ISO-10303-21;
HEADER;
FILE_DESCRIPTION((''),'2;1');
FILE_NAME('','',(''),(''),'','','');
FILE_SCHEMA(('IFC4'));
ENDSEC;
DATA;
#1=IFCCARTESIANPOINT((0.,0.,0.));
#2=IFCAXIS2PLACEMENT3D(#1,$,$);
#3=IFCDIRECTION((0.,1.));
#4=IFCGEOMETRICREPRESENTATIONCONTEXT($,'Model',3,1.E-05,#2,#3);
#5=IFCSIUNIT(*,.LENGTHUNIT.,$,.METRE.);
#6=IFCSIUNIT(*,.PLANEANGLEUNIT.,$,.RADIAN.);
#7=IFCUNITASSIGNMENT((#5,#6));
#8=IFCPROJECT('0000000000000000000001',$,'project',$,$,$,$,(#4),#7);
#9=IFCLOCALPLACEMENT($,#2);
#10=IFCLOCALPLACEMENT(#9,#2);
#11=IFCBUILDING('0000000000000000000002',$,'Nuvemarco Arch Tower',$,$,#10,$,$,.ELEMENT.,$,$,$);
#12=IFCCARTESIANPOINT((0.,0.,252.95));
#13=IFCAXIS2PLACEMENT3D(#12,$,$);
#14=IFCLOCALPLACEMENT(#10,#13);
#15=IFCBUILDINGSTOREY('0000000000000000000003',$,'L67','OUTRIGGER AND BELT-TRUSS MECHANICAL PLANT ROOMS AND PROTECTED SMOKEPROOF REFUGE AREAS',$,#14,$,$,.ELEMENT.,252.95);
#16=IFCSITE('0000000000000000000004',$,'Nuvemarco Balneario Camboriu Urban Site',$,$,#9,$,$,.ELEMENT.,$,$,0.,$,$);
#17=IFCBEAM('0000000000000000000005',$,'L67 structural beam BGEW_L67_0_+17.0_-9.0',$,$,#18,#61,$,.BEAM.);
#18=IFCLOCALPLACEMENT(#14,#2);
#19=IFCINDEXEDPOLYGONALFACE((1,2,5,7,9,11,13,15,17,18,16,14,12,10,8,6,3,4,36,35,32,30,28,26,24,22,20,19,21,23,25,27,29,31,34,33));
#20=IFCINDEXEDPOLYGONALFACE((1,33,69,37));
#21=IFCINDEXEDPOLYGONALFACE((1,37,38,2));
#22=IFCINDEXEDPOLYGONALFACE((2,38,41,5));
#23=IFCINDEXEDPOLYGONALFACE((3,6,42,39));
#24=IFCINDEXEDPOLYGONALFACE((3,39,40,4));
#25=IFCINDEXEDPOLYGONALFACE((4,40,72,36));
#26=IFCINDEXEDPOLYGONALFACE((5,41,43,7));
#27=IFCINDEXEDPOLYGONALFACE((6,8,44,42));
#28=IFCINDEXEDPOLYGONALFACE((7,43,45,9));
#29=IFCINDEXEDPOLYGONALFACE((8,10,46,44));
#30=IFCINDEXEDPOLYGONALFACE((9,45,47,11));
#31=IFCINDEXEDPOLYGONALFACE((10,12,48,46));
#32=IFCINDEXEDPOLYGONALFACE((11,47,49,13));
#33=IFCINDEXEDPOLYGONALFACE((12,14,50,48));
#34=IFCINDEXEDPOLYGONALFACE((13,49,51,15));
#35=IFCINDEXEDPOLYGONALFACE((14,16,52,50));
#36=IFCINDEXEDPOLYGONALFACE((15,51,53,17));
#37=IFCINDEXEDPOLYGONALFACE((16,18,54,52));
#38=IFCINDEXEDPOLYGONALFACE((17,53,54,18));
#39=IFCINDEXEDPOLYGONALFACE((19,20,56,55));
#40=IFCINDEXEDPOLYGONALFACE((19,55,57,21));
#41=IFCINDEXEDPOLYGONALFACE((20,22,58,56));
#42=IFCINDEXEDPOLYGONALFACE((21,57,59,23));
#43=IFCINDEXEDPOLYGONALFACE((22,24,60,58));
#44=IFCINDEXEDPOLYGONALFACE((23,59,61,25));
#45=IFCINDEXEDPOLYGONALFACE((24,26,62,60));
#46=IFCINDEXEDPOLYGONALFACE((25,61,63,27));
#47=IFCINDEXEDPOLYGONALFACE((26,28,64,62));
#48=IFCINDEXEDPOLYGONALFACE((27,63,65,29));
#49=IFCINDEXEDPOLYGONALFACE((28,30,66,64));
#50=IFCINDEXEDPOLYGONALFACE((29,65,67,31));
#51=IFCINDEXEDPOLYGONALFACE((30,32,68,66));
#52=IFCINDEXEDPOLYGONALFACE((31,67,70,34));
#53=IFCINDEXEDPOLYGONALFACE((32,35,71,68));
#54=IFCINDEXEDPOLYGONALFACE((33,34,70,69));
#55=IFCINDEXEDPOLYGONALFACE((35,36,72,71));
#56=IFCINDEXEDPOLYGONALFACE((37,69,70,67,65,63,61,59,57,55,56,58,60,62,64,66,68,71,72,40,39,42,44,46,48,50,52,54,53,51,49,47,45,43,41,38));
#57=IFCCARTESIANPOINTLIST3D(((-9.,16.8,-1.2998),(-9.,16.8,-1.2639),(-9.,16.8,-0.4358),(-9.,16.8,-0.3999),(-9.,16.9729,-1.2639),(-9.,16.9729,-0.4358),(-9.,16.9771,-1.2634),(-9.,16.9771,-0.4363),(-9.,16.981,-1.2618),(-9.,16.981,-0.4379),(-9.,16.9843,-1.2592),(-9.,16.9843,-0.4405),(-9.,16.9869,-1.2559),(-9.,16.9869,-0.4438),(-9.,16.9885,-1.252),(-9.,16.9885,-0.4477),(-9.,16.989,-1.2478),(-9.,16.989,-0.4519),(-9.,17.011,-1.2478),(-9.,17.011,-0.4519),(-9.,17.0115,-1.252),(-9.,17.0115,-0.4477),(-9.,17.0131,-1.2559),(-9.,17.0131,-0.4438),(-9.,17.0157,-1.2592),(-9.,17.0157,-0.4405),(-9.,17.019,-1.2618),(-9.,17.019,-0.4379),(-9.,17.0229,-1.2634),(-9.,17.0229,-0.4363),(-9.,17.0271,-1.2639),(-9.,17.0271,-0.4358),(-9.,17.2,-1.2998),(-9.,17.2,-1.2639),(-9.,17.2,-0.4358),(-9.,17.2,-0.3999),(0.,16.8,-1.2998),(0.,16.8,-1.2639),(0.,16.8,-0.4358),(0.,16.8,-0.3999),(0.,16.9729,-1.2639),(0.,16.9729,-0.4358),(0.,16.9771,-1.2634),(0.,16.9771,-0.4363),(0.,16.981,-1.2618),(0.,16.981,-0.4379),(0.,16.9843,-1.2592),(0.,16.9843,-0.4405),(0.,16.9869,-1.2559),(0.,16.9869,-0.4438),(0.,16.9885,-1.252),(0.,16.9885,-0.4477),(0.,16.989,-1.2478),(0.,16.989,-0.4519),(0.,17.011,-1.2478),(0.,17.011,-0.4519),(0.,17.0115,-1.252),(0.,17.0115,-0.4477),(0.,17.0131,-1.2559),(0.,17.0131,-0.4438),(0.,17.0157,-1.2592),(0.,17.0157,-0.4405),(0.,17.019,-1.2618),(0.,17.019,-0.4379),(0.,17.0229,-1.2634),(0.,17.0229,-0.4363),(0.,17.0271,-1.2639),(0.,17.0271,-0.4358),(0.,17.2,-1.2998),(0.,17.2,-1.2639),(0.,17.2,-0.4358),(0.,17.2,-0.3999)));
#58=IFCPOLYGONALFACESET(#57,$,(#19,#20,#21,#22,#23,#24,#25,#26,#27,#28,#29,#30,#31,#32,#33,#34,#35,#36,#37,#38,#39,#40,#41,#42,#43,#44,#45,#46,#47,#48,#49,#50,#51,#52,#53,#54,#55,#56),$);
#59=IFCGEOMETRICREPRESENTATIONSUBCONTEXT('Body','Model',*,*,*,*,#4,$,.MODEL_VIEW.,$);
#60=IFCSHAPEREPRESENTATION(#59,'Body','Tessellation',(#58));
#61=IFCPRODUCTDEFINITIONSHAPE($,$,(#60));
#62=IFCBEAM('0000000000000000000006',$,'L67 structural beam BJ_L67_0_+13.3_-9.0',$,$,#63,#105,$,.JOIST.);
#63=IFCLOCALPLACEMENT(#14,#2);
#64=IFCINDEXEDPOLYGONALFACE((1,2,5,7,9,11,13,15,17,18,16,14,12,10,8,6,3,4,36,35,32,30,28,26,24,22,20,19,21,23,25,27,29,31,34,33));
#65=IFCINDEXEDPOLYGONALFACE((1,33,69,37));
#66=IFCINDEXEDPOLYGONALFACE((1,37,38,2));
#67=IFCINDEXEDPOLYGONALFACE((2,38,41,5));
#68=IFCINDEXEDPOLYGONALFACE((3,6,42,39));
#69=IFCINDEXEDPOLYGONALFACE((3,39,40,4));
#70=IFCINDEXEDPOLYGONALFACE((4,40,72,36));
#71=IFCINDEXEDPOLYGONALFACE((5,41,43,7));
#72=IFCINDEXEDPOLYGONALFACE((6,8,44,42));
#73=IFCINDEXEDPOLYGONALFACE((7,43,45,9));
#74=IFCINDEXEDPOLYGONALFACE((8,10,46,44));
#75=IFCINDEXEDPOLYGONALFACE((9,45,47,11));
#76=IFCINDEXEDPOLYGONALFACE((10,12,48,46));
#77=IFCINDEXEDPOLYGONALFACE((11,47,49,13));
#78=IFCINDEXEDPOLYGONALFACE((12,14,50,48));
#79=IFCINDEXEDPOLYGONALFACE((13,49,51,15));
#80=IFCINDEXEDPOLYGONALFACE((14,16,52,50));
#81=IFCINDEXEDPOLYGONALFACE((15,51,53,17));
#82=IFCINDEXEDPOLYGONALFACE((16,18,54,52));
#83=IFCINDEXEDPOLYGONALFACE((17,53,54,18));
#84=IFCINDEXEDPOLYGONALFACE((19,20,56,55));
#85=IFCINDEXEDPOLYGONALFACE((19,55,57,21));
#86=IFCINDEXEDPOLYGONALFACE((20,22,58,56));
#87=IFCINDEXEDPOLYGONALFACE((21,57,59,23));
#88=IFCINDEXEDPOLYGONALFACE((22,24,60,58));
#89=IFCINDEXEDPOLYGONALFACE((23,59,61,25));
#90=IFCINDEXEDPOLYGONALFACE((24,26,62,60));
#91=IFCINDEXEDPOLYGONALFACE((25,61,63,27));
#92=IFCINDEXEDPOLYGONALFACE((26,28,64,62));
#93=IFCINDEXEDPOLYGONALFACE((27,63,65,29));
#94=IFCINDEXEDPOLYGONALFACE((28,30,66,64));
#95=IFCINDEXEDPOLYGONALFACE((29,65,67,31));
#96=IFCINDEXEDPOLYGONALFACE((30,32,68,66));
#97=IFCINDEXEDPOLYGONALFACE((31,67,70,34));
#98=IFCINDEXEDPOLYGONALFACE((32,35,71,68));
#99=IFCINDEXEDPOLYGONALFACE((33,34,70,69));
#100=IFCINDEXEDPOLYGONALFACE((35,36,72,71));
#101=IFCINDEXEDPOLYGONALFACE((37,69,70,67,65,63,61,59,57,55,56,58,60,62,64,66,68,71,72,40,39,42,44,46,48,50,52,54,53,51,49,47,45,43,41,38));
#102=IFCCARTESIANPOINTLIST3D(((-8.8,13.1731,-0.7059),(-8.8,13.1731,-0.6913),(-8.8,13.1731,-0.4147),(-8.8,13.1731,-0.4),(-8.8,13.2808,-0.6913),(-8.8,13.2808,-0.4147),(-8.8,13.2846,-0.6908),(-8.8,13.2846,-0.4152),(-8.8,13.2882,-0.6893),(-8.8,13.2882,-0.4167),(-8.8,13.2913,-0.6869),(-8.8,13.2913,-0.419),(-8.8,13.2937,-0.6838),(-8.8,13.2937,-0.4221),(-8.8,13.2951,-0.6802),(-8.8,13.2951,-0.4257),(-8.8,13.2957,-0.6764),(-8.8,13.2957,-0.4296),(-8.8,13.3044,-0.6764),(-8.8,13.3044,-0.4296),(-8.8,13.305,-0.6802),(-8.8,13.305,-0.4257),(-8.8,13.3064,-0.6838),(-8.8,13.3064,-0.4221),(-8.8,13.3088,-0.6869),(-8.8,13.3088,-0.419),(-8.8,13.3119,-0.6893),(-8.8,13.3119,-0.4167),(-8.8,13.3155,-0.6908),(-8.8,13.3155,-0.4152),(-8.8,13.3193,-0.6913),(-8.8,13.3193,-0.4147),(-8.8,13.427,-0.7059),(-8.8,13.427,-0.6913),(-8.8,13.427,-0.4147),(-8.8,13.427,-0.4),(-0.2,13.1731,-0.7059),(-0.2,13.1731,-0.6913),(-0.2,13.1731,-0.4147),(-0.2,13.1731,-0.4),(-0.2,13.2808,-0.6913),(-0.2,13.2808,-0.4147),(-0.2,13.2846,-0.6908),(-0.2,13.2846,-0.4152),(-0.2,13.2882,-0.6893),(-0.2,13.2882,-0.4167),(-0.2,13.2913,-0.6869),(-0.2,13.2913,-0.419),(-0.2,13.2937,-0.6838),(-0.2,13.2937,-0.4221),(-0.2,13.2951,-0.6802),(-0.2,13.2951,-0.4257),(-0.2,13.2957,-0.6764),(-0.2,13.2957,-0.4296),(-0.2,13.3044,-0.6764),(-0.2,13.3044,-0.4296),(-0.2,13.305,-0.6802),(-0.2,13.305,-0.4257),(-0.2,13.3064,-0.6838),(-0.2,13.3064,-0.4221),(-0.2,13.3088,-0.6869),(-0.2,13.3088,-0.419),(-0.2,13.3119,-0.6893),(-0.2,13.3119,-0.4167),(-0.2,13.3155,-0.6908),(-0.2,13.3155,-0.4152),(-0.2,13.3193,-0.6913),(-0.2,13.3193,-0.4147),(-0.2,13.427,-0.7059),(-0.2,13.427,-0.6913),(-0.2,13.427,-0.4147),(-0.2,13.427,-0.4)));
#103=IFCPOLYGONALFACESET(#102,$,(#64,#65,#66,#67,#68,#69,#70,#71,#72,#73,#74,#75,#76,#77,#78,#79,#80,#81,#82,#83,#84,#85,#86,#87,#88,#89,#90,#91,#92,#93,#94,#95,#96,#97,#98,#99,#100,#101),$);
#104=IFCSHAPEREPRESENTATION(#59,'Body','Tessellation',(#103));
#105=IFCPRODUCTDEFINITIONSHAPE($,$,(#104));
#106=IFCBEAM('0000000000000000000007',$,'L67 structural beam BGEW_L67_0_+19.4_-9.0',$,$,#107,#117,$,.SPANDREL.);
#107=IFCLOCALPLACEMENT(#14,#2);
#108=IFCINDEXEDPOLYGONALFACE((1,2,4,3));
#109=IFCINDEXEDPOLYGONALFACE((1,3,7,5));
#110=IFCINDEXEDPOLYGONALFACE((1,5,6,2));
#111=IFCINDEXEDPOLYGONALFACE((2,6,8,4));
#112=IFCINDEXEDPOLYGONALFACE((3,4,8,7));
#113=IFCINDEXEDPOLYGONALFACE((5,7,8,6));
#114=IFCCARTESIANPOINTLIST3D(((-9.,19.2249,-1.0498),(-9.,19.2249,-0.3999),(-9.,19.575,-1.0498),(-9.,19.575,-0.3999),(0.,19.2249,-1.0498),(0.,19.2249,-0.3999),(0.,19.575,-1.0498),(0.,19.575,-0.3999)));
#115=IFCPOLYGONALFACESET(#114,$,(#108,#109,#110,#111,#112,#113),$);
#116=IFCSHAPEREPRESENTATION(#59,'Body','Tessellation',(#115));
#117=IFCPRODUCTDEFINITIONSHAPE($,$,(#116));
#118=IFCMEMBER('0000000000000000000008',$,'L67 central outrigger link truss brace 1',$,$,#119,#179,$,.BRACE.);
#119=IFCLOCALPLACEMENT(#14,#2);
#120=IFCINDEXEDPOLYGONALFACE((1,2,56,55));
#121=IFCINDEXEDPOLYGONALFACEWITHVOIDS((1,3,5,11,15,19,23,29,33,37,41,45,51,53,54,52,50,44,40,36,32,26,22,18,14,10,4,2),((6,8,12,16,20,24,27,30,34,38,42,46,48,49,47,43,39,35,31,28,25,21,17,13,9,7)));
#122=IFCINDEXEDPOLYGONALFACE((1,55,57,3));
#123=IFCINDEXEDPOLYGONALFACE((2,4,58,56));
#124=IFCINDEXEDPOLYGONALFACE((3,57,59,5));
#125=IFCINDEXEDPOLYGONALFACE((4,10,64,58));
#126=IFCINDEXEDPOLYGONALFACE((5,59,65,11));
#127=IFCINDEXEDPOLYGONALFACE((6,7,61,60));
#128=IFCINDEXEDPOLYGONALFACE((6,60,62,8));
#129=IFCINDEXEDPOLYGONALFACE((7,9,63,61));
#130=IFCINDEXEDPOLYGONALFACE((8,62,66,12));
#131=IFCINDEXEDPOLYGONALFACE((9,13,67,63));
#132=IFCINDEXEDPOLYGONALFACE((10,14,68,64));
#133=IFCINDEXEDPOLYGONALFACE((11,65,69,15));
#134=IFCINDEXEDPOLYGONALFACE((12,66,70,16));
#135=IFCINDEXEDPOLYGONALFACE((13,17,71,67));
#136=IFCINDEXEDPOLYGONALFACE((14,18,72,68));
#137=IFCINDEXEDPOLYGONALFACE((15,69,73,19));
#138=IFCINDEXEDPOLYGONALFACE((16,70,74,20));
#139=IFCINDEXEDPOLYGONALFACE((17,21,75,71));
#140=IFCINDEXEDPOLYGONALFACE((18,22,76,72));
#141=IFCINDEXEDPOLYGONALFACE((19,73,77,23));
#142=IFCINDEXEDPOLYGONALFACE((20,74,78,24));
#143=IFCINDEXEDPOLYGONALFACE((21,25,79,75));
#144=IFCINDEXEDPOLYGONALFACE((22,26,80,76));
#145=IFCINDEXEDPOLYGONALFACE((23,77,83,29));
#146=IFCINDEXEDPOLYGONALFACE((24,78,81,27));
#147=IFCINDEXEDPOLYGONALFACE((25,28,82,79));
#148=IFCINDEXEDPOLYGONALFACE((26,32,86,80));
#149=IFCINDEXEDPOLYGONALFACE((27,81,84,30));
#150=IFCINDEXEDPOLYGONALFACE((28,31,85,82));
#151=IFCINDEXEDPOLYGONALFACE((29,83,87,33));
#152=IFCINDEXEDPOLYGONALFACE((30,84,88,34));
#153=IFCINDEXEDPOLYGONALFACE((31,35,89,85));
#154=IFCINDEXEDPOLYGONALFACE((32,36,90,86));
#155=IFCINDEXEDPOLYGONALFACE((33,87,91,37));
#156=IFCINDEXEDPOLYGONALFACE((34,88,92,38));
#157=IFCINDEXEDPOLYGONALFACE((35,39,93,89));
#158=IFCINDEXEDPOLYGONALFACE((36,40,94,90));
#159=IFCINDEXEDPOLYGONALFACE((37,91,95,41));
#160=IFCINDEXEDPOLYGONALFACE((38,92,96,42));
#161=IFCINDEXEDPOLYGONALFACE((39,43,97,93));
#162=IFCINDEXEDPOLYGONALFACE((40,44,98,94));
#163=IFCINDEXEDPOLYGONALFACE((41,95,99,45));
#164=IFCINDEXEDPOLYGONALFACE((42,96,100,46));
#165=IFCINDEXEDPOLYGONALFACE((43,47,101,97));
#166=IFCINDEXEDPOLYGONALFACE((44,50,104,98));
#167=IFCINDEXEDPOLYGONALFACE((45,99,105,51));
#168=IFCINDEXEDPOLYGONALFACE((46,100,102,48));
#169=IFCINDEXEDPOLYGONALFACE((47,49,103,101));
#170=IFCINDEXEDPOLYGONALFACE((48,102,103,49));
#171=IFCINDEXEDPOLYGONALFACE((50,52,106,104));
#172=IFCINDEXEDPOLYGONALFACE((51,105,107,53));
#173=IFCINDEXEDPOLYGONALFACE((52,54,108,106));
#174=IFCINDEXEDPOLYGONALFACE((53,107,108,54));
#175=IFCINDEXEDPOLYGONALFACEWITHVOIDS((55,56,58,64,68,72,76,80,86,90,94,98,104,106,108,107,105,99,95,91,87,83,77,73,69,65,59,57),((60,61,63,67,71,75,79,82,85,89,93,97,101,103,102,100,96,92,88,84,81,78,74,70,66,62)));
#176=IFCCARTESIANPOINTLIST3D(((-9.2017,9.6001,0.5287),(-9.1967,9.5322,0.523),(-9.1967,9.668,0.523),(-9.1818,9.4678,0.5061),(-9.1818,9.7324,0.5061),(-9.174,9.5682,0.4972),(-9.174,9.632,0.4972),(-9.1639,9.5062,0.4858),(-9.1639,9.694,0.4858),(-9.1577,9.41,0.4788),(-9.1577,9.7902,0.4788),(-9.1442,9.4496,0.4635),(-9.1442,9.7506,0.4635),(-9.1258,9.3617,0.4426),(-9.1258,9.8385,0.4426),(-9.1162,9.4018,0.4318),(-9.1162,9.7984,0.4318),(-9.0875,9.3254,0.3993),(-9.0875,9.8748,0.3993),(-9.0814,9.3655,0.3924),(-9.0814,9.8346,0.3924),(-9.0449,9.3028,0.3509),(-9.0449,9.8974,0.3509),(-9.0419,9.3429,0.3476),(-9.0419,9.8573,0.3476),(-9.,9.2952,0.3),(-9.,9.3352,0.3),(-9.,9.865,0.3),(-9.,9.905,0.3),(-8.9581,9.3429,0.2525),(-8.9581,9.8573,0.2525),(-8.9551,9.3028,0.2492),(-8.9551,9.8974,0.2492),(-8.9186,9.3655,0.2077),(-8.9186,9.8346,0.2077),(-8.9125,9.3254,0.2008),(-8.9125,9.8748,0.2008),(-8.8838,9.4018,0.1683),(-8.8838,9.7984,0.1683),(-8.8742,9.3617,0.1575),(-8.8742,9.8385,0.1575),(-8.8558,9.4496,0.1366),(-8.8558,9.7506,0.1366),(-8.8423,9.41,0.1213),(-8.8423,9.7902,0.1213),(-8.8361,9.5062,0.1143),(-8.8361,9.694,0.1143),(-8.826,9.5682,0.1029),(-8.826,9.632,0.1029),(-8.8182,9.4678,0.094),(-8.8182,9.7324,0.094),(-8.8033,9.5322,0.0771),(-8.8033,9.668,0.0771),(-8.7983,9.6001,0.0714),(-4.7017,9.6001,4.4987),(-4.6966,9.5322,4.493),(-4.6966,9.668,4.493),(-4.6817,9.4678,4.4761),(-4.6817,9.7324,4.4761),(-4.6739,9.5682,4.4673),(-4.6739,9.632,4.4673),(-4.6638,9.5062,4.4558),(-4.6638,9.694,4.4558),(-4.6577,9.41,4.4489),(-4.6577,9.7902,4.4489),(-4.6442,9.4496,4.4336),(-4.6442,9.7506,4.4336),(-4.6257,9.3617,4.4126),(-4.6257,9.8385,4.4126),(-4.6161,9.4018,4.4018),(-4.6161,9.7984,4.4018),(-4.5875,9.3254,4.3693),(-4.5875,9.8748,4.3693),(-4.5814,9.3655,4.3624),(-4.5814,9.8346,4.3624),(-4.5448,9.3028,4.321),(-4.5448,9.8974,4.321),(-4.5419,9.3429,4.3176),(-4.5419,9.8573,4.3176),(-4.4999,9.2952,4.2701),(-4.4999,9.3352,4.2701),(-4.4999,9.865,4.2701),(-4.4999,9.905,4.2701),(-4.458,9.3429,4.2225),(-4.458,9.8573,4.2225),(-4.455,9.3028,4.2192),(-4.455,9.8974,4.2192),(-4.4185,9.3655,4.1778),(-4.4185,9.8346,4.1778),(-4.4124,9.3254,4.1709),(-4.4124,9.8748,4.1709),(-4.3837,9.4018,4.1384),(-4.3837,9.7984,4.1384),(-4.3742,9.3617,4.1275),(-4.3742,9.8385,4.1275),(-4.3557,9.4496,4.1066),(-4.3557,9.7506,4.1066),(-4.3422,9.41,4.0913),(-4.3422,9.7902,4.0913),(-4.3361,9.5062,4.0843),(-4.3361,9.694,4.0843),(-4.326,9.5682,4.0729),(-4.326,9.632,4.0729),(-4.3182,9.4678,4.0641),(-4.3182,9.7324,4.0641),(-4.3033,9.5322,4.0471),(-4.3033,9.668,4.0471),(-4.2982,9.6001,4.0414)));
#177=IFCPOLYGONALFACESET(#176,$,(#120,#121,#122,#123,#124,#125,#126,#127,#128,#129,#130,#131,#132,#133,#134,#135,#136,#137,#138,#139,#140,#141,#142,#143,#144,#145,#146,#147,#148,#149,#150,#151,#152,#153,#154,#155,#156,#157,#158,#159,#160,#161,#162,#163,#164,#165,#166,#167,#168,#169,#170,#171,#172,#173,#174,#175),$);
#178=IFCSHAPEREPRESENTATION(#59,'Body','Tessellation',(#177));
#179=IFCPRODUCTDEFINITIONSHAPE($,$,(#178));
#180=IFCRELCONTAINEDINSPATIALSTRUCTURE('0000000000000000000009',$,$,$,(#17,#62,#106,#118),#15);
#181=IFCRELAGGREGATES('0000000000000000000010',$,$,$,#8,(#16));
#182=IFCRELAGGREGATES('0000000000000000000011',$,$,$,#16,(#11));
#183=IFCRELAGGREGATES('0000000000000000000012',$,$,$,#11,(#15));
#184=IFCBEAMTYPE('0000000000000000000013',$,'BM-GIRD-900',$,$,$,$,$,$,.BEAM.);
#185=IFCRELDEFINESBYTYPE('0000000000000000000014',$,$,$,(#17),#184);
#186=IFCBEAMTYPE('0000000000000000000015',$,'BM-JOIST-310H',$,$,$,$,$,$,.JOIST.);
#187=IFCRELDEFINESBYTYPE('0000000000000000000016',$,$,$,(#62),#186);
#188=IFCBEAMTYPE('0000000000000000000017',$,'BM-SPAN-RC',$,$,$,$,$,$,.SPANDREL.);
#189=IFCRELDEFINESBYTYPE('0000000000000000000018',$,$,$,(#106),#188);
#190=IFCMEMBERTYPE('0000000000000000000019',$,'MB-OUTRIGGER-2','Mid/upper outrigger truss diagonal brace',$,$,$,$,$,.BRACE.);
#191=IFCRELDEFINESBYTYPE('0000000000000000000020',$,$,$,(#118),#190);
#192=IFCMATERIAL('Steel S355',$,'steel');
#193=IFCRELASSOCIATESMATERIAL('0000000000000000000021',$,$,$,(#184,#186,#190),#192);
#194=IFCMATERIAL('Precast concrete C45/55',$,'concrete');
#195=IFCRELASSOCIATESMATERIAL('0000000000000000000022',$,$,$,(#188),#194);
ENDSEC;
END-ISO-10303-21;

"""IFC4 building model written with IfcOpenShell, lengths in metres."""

from ifc_helpers import new_model, si_unit, direction, frame, origin, origin_2d, place, context, subcontext, project, spatial, rectangle, hollow_circle, i_section, extrude, material, material_profile, profile_set, type_object, element, save


model = new_model("IFC4")

# Units and contexts
model_context = context("Model", 3, precision=1e-05, world=origin(), true_north=direction((0.0, 1.0)))
body_context = subcontext(model_context, "Body", "Model", "MODEL_VIEW")
ifc_project = project(units=[si_unit("LENGTHUNIT", "METRE"), si_unit("PLANEANGLEUNIT", "RADIAN")], contexts=[model_context])

# Site, building, storey
site_placement = place(None, origin())
site = spatial("IfcSite", under=ifc_project, at=site_placement, Name="Nuvemarco Balneario Camboriu Urban Site", CompositionType="ELEMENT", RefElevation=0.0)
building_placement = place(site_placement, origin())
building = spatial("IfcBuilding", under=site, at=building_placement, Name="Nuvemarco Arch Tower", CompositionType="ELEMENT")
storey_placement = place(building_placement, frame((0.0, 0.0, 252.95)))
storey = spatial("IfcBuildingStorey", under=building, at=storey_placement, Name="L67", Description="OUTRIGGER AND BELT-TRUSS MECHANICAL PLANT ROOMS AND PROTECTED SMOKEPROOF REFUGE AREAS", CompositionType="ELEMENT", Elevation=252.95)

# Shared definitions
ifc_material_1 = material(Name="Steel S355", Category="steel")

# Beams
ifc_material_profile_1 = material_profile(ifc_material_1, i_section(OverallWidth=0.3999, OverallDepth=0.8999, WebThickness=0.022, FlangeThickness=0.0359, FilletRadius=0.0161, at=origin_2d()), Name="PG900x400")
ifc_profile_set_1 = profile_set([ifc_material_profile_1], Name="Steel S355")
beam_type_1 = type_object("IfcBeamType", Name="BM-GIRD-900", PredefinedType="BEAM", material=ifc_profile_set_1)
beam_1_placement = place(storey_placement, frame((-9.0, 17.0, -0.8499), z_axis=(1.0, 0.0, 0.0), x_axis=(0.0, 1.0, 0.0)))
element("IfcBeam", 1, at=beam_1_placement, inside=storey, type_object=beam_type_1, Name="L67 structural beam BGEW_L67_0_+17.0_-9.0", PredefinedType="BEAM", context=body_context, shape_type="SweptSolid", body=[
    extrude(i_section(OverallWidth=0.3999, OverallDepth=0.8999, WebThickness=0.022, FlangeThickness=0.0359, FilletRadius=0.0161, at=origin_2d()), origin(), (0.0, 0.0, 1.0), 9.0),
])
ifc_material_profile_2 = material_profile(ifc_material_1, i_section(OverallWidth=0.2539, OverallDepth=0.3059, WebThickness=0.0088, FlangeThickness=0.0146, FilletRadius=0.0149, at=origin_2d()), Name="W310x79")
ifc_profile_set_2 = profile_set([ifc_material_profile_2], Name="Steel S355")
beam_type_2 = type_object("IfcBeamType", Name="BM-JOIST-310H", PredefinedType="JOIST", material=ifc_profile_set_2)
beam_2_placement = place(storey_placement, frame((-8.8, 13.3, -0.553), z_axis=(1.0, 0.0, 0.0), x_axis=(0.0, 1.0, 0.0)))
element("IfcBeam", 2, at=beam_2_placement, inside=storey, type_object=beam_type_2, Name="L67 structural beam BJ_L67_0_+13.3_-9.0", PredefinedType="JOIST", context=body_context, shape_type="SweptSolid", body=[
    extrude(i_section(OverallWidth=0.2539, OverallDepth=0.3059, WebThickness=0.0088, FlangeThickness=0.0146, FilletRadius=0.0149, at=origin_2d()), origin(), (0.0, 0.0, 1.0), 8.6001),
])
ifc_material_2 = material(Name="Precast concrete C45/55", Category="concrete")
ifc_material_profile_3 = material_profile(ifc_material_2, rectangle(XDim=0.3501, YDim=0.6499, at=origin_2d()), Name="PC-SP-350x650")
ifc_profile_set_3 = profile_set([ifc_material_profile_3], Name="Precast concrete C45/55")
beam_type_3 = type_object("IfcBeamType", Name="BM-SPAN-RC", PredefinedType="SPANDREL", material=ifc_profile_set_3)
beam_3_placement = place(storey_placement, frame((-9.0, 19.3999, -0.7249), z_axis=(1.0, 0.0, 0.0), x_axis=(0.0, 1.0, 0.0)))
element("IfcBeam", 3, at=beam_3_placement, inside=storey, type_object=beam_type_3, Name="L67 structural beam BGEW_L67_0_+19.4_-9.0", PredefinedType="SPANDREL", context=body_context, shape_type="SweptSolid", body=[
    extrude(rectangle(XDim=0.3501, YDim=0.6499, at=origin_2d()), origin(), (0.0, 0.0, 1.0), 9.0),
])

# Member
ifc_material_profile_4 = material_profile(ifc_material_1, hollow_circle(Radius=0.3049, WallThickness=0.04, at=origin_2d()), Name="CHS610x40")
ifc_profile_set_4 = profile_set([ifc_material_profile_4], Name="Steel S355")
member_type = type_object("IfcMemberType", Name="MB-OUTRIGGER-2", Description="Mid/upper outrigger truss diagonal brace", PredefinedType="BRACE", material=ifc_profile_set_4)
for number, where, z_axis, x_axis, name in (
    (4, (-9.0, 9.6001, 0.3), (0.749889, 0.0, 0.661564), (0.0, 1.0, 0.0), "L67 central outrigger link truss brace 1"),
):
    element("IfcMember", number, at=place(storey_placement, frame(where, z_axis=z_axis, x_axis=x_axis)), inside=storey, type_object=member_type, Name=name, PredefinedType="BRACE", context=body_context, shape_type="SweptSolid", body=[
        extrude(hollow_circle(Radius=0.3049, WallThickness=0.04, at=origin_2d()), origin(), (0.0, 0.0, 1.0), 6.001),
    ])

save(model, "model.ifc")
